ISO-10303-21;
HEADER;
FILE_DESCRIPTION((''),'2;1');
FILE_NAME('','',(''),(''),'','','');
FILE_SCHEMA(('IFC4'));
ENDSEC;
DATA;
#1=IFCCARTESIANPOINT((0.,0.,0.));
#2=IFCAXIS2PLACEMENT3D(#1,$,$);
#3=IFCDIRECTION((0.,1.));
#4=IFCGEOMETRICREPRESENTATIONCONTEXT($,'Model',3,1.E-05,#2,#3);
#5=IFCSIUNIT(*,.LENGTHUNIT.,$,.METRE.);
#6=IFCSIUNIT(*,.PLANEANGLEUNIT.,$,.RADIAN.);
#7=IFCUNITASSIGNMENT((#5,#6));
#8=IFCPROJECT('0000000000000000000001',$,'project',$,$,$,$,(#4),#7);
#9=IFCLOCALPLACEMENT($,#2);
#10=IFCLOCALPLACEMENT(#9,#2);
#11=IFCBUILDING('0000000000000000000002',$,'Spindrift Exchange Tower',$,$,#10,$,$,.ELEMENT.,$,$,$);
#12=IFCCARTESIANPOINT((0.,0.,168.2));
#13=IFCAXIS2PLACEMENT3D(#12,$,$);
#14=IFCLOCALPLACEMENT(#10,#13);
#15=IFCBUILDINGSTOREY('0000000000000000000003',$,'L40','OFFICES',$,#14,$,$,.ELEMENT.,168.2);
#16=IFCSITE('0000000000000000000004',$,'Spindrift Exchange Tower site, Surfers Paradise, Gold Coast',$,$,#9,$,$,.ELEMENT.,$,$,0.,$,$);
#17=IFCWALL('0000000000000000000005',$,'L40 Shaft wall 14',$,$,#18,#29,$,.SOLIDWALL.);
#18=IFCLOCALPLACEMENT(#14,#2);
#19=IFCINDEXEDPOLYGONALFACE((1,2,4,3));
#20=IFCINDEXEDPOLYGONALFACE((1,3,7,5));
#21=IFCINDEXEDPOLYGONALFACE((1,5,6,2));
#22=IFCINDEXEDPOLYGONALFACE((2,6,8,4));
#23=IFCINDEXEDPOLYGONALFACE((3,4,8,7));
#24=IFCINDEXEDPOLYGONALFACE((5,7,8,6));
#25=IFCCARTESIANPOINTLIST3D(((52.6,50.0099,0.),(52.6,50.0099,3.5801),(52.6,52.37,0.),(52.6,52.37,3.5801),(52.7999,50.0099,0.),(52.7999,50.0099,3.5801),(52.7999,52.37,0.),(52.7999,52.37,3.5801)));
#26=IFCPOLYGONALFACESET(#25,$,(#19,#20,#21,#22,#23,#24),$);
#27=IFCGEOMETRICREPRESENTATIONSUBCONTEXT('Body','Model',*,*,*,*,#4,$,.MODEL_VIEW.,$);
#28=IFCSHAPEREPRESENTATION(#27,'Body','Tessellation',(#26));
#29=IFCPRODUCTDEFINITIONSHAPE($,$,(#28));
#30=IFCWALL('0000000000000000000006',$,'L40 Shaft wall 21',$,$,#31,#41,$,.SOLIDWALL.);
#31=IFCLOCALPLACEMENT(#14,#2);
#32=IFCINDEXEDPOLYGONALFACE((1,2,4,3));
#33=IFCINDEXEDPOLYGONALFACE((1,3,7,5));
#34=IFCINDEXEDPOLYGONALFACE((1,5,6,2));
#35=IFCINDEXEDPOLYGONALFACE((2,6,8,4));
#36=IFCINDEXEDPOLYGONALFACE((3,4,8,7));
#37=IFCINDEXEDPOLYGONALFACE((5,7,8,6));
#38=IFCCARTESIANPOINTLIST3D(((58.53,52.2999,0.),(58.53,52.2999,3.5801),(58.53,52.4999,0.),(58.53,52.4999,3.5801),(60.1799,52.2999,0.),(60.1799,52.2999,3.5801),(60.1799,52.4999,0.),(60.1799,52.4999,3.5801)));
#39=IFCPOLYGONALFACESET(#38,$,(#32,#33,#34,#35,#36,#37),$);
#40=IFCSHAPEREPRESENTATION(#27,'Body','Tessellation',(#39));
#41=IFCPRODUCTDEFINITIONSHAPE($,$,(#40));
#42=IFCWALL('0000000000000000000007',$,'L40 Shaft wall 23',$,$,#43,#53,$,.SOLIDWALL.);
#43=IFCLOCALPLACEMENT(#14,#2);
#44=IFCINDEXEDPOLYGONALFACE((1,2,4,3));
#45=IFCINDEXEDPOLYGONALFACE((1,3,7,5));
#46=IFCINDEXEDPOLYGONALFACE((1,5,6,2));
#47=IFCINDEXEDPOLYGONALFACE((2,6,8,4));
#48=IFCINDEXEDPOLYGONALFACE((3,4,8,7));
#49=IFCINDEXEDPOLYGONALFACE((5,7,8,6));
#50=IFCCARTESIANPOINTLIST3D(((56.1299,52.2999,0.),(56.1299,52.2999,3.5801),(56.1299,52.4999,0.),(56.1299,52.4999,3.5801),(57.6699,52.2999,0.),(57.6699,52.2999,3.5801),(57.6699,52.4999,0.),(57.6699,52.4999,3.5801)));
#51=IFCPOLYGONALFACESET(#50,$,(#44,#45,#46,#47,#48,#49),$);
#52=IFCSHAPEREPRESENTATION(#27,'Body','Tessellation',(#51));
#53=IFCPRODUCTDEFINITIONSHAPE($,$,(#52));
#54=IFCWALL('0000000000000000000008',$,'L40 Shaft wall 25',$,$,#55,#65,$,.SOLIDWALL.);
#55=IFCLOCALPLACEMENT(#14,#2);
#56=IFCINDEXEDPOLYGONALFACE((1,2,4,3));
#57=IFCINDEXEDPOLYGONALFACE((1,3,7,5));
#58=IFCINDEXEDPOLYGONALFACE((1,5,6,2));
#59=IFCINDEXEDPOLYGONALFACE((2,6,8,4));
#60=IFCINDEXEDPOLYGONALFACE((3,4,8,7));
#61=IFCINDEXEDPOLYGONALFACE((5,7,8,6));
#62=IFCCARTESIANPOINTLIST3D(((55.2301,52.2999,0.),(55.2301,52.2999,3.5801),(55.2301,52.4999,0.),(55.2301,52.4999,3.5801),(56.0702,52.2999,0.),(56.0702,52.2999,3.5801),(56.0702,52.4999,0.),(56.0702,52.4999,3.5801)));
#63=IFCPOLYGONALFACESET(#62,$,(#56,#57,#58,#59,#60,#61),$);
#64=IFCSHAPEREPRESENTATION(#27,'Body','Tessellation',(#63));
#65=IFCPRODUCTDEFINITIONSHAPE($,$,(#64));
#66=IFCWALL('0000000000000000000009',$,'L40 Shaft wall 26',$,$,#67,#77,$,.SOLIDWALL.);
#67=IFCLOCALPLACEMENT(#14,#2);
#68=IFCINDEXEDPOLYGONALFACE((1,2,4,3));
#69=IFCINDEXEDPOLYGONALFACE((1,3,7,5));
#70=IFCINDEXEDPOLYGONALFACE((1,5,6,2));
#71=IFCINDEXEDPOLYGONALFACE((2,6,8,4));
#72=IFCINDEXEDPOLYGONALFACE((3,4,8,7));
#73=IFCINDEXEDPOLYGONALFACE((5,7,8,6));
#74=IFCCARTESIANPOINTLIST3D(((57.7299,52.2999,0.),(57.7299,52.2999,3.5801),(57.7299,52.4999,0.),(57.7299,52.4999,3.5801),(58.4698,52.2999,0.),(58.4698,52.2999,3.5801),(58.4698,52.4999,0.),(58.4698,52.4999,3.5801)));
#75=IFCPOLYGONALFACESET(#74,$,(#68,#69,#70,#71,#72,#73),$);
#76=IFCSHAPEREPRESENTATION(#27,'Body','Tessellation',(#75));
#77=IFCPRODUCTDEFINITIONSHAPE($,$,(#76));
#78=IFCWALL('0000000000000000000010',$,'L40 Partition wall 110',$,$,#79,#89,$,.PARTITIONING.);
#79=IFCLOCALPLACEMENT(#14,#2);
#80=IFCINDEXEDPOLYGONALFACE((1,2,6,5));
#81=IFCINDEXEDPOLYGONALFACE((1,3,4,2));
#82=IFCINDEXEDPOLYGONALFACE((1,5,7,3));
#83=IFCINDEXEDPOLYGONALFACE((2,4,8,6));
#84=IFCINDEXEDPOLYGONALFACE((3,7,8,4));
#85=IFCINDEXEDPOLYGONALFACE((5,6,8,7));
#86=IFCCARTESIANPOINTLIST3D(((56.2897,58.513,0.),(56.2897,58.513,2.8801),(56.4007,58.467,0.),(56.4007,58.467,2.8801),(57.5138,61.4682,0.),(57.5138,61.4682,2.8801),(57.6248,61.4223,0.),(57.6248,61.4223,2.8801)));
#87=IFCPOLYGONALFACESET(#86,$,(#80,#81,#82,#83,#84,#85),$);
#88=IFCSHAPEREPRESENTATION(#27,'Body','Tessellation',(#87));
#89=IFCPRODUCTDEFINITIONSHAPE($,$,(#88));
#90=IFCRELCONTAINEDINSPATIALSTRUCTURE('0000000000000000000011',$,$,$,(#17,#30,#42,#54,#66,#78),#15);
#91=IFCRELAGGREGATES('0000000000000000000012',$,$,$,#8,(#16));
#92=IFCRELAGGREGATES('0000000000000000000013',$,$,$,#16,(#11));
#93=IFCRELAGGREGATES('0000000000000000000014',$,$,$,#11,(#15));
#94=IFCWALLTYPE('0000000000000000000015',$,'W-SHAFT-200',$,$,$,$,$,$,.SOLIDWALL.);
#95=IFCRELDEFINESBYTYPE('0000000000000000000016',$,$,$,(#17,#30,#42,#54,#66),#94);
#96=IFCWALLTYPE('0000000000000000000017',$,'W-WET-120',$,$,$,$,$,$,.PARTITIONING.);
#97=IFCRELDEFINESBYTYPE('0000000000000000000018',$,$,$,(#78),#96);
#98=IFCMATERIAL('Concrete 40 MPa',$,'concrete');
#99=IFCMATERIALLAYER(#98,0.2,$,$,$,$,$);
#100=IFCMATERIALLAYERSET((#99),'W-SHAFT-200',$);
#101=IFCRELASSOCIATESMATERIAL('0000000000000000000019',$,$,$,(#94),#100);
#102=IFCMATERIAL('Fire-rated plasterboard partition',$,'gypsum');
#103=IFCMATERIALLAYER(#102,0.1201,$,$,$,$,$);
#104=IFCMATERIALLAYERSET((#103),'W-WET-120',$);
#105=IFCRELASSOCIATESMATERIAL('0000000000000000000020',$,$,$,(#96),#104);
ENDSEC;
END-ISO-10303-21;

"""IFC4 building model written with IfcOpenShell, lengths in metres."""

from ifc_helpers import new_model, si_unit, direction, frame, frame_2d, origin, place, context, subcontext, project, spatial, rectangle, extrude, material, layer, layer_set, type_object, element, save


model = new_model("IFC4")

# Units and contexts
model_context = context("Model", 3, precision=1e-05, world=origin(), true_north=direction((0.0, 1.0)))
body_context = subcontext(model_context, "Body", "Model", "MODEL_VIEW")
ifc_project = project(units=[si_unit("LENGTHUNIT", "METRE"), si_unit("PLANEANGLEUNIT", "RADIAN")], contexts=[model_context])

# Site, building, storey
site_placement = place(None, origin())
site = spatial("IfcSite", under=ifc_project, at=site_placement, Name="Spindrift Exchange Tower site, Surfers Paradise, Gold Coast", CompositionType="ELEMENT", RefElevation=0.0)
building_placement = place(site_placement, origin())
building = spatial("IfcBuilding", under=site, at=building_placement, Name="Spindrift Exchange Tower", CompositionType="ELEMENT")
storey_placement = place(building_placement, frame((0.0, 0.0, 168.2)))
storey = spatial("IfcBuildingStorey", under=building, at=storey_placement, Name="L40", Description="OFFICES", CompositionType="ELEMENT", Elevation=168.2)

# Shared definitions
ifc_material_1 = material(Name="Fire-rated plasterboard partition", Category="gypsum")

# Shared definitions
ifc_material_2 = material(Name="Concrete 40 MPa", Category="concrete")
ifc_layer_1 = layer(ifc_material_2, 0.2)
ifc_layer_set_1 = layer_set([ifc_layer_1], Name="W-SHAFT-200")
wall_type_1 = type_object("IfcWallType", Name="W-SHAFT-200", PredefinedType="SOLIDWALL", material=ifc_layer_set_1)

# Walls
wall_1_placement = place(storey_placement, frame((52.7, 52.3701, 0.0), z_axis=(0.0, 0.0, 1.0), x_axis=(0.0, -1.0, 0.0)))
element("IfcWall", 1, at=wall_1_placement, inside=storey, type_object=wall_type_1, Name="L40 Shaft wall 14", PredefinedType="SOLIDWALL", context=body_context, shape_type="SweptSolid", body=[
    extrude(rectangle(XDim=2.3601, YDim=0.2, at=frame_2d((1.1802, 0.0))), origin(), (0.0, 0.0, 1.0), 3.5801),
])
wall_2_placement = place(storey_placement, frame((60.1799, 52.3999, 0.0), z_axis=(0.0, 0.0, 1.0), x_axis=(-1.0, 0.0, 0.0)))
element("IfcWall", 2, at=wall_2_placement, inside=storey, type_object=wall_type_1, Name="L40 Shaft wall 21", PredefinedType="SOLIDWALL", context=body_context, shape_type="SweptSolid", body=[
    extrude(rectangle(XDim=1.6499, YDim=0.2, at=frame_2d((0.825, 0.0))), origin(), (0.0, 0.0, 1.0), 3.5801),
])
wall_3_placement = place(storey_placement, frame((57.6699, 52.3999, 0.0), z_axis=(0.0, 0.0, 1.0), x_axis=(-1.0, 0.0, 0.0)))
element("IfcWall", 3, at=wall_3_placement, inside=storey, type_object=wall_type_1, Name="L40 Shaft wall 23", PredefinedType="SOLIDWALL", context=body_context, shape_type="SweptSolid", body=[
    extrude(rectangle(XDim=1.54, YDim=0.2, at=frame_2d((0.77, 0.0))), origin(), (0.0, 0.0, 1.0), 3.5801),
])
wall_4_placement = place(storey_placement, frame((56.0701, 52.3999, 0.0), z_axis=(0.0, 0.0, 1.0), x_axis=(-1.0, 0.0, 0.0)))
element("IfcWall", 4, at=wall_4_placement, inside=storey, type_object=wall_type_1, Name="L40 Shaft wall 25", PredefinedType="SOLIDWALL", context=body_context, shape_type="SweptSolid", body=[
    extrude(rectangle(XDim=0.8401, YDim=0.2, at=frame_2d((0.4199, 0.0))), origin(), (0.0, 0.0, 1.0), 3.5801),
])
wall_5_placement = place(storey_placement, frame((58.47, 52.3999, 0.0), z_axis=(0.0, 0.0, 1.0), x_axis=(-1.0, 0.0, 0.0)))
element("IfcWall", 5, at=wall_5_placement, inside=storey, type_object=wall_type_1, Name="L40 Shaft wall 26", PredefinedType="SOLIDWALL", context=body_context, shape_type="SweptSolid", body=[
    extrude(rectangle(XDim=0.74, YDim=0.2, at=frame_2d((0.3701, 0.0))), origin(), (0.0, 0.0, 1.0), 3.5801),
])
ifc_layer_2 = layer(ifc_material_1, 0.1201)
ifc_layer_set_2 = layer_set([ifc_layer_2], Name="W-WET-120")
wall_type_2 = type_object("IfcWallType", Name="W-WET-120", PredefinedType="PARTITIONING", material=ifc_layer_set_2)
wall_6_placement = place(storey_placement, frame((56.3452, 58.49, 0.0), z_axis=(0.0, 0.0, 1.0), x_axis=(0.38268, 0.923881, 0.0)))
element("IfcWall", 6, at=wall_6_placement, inside=storey, type_object=wall_type_2, Name="L40 Partition wall 110", PredefinedType="PARTITIONING", context=body_context, shape_type="SweptSolid", body=[
    extrude(rectangle(XDim=3.1987, YDim=0.1201, at=frame_2d((1.5994, 0.0))), origin(), (0.0, 0.0, 1.0), 2.8801),
])

save(model, "model.ifc")
